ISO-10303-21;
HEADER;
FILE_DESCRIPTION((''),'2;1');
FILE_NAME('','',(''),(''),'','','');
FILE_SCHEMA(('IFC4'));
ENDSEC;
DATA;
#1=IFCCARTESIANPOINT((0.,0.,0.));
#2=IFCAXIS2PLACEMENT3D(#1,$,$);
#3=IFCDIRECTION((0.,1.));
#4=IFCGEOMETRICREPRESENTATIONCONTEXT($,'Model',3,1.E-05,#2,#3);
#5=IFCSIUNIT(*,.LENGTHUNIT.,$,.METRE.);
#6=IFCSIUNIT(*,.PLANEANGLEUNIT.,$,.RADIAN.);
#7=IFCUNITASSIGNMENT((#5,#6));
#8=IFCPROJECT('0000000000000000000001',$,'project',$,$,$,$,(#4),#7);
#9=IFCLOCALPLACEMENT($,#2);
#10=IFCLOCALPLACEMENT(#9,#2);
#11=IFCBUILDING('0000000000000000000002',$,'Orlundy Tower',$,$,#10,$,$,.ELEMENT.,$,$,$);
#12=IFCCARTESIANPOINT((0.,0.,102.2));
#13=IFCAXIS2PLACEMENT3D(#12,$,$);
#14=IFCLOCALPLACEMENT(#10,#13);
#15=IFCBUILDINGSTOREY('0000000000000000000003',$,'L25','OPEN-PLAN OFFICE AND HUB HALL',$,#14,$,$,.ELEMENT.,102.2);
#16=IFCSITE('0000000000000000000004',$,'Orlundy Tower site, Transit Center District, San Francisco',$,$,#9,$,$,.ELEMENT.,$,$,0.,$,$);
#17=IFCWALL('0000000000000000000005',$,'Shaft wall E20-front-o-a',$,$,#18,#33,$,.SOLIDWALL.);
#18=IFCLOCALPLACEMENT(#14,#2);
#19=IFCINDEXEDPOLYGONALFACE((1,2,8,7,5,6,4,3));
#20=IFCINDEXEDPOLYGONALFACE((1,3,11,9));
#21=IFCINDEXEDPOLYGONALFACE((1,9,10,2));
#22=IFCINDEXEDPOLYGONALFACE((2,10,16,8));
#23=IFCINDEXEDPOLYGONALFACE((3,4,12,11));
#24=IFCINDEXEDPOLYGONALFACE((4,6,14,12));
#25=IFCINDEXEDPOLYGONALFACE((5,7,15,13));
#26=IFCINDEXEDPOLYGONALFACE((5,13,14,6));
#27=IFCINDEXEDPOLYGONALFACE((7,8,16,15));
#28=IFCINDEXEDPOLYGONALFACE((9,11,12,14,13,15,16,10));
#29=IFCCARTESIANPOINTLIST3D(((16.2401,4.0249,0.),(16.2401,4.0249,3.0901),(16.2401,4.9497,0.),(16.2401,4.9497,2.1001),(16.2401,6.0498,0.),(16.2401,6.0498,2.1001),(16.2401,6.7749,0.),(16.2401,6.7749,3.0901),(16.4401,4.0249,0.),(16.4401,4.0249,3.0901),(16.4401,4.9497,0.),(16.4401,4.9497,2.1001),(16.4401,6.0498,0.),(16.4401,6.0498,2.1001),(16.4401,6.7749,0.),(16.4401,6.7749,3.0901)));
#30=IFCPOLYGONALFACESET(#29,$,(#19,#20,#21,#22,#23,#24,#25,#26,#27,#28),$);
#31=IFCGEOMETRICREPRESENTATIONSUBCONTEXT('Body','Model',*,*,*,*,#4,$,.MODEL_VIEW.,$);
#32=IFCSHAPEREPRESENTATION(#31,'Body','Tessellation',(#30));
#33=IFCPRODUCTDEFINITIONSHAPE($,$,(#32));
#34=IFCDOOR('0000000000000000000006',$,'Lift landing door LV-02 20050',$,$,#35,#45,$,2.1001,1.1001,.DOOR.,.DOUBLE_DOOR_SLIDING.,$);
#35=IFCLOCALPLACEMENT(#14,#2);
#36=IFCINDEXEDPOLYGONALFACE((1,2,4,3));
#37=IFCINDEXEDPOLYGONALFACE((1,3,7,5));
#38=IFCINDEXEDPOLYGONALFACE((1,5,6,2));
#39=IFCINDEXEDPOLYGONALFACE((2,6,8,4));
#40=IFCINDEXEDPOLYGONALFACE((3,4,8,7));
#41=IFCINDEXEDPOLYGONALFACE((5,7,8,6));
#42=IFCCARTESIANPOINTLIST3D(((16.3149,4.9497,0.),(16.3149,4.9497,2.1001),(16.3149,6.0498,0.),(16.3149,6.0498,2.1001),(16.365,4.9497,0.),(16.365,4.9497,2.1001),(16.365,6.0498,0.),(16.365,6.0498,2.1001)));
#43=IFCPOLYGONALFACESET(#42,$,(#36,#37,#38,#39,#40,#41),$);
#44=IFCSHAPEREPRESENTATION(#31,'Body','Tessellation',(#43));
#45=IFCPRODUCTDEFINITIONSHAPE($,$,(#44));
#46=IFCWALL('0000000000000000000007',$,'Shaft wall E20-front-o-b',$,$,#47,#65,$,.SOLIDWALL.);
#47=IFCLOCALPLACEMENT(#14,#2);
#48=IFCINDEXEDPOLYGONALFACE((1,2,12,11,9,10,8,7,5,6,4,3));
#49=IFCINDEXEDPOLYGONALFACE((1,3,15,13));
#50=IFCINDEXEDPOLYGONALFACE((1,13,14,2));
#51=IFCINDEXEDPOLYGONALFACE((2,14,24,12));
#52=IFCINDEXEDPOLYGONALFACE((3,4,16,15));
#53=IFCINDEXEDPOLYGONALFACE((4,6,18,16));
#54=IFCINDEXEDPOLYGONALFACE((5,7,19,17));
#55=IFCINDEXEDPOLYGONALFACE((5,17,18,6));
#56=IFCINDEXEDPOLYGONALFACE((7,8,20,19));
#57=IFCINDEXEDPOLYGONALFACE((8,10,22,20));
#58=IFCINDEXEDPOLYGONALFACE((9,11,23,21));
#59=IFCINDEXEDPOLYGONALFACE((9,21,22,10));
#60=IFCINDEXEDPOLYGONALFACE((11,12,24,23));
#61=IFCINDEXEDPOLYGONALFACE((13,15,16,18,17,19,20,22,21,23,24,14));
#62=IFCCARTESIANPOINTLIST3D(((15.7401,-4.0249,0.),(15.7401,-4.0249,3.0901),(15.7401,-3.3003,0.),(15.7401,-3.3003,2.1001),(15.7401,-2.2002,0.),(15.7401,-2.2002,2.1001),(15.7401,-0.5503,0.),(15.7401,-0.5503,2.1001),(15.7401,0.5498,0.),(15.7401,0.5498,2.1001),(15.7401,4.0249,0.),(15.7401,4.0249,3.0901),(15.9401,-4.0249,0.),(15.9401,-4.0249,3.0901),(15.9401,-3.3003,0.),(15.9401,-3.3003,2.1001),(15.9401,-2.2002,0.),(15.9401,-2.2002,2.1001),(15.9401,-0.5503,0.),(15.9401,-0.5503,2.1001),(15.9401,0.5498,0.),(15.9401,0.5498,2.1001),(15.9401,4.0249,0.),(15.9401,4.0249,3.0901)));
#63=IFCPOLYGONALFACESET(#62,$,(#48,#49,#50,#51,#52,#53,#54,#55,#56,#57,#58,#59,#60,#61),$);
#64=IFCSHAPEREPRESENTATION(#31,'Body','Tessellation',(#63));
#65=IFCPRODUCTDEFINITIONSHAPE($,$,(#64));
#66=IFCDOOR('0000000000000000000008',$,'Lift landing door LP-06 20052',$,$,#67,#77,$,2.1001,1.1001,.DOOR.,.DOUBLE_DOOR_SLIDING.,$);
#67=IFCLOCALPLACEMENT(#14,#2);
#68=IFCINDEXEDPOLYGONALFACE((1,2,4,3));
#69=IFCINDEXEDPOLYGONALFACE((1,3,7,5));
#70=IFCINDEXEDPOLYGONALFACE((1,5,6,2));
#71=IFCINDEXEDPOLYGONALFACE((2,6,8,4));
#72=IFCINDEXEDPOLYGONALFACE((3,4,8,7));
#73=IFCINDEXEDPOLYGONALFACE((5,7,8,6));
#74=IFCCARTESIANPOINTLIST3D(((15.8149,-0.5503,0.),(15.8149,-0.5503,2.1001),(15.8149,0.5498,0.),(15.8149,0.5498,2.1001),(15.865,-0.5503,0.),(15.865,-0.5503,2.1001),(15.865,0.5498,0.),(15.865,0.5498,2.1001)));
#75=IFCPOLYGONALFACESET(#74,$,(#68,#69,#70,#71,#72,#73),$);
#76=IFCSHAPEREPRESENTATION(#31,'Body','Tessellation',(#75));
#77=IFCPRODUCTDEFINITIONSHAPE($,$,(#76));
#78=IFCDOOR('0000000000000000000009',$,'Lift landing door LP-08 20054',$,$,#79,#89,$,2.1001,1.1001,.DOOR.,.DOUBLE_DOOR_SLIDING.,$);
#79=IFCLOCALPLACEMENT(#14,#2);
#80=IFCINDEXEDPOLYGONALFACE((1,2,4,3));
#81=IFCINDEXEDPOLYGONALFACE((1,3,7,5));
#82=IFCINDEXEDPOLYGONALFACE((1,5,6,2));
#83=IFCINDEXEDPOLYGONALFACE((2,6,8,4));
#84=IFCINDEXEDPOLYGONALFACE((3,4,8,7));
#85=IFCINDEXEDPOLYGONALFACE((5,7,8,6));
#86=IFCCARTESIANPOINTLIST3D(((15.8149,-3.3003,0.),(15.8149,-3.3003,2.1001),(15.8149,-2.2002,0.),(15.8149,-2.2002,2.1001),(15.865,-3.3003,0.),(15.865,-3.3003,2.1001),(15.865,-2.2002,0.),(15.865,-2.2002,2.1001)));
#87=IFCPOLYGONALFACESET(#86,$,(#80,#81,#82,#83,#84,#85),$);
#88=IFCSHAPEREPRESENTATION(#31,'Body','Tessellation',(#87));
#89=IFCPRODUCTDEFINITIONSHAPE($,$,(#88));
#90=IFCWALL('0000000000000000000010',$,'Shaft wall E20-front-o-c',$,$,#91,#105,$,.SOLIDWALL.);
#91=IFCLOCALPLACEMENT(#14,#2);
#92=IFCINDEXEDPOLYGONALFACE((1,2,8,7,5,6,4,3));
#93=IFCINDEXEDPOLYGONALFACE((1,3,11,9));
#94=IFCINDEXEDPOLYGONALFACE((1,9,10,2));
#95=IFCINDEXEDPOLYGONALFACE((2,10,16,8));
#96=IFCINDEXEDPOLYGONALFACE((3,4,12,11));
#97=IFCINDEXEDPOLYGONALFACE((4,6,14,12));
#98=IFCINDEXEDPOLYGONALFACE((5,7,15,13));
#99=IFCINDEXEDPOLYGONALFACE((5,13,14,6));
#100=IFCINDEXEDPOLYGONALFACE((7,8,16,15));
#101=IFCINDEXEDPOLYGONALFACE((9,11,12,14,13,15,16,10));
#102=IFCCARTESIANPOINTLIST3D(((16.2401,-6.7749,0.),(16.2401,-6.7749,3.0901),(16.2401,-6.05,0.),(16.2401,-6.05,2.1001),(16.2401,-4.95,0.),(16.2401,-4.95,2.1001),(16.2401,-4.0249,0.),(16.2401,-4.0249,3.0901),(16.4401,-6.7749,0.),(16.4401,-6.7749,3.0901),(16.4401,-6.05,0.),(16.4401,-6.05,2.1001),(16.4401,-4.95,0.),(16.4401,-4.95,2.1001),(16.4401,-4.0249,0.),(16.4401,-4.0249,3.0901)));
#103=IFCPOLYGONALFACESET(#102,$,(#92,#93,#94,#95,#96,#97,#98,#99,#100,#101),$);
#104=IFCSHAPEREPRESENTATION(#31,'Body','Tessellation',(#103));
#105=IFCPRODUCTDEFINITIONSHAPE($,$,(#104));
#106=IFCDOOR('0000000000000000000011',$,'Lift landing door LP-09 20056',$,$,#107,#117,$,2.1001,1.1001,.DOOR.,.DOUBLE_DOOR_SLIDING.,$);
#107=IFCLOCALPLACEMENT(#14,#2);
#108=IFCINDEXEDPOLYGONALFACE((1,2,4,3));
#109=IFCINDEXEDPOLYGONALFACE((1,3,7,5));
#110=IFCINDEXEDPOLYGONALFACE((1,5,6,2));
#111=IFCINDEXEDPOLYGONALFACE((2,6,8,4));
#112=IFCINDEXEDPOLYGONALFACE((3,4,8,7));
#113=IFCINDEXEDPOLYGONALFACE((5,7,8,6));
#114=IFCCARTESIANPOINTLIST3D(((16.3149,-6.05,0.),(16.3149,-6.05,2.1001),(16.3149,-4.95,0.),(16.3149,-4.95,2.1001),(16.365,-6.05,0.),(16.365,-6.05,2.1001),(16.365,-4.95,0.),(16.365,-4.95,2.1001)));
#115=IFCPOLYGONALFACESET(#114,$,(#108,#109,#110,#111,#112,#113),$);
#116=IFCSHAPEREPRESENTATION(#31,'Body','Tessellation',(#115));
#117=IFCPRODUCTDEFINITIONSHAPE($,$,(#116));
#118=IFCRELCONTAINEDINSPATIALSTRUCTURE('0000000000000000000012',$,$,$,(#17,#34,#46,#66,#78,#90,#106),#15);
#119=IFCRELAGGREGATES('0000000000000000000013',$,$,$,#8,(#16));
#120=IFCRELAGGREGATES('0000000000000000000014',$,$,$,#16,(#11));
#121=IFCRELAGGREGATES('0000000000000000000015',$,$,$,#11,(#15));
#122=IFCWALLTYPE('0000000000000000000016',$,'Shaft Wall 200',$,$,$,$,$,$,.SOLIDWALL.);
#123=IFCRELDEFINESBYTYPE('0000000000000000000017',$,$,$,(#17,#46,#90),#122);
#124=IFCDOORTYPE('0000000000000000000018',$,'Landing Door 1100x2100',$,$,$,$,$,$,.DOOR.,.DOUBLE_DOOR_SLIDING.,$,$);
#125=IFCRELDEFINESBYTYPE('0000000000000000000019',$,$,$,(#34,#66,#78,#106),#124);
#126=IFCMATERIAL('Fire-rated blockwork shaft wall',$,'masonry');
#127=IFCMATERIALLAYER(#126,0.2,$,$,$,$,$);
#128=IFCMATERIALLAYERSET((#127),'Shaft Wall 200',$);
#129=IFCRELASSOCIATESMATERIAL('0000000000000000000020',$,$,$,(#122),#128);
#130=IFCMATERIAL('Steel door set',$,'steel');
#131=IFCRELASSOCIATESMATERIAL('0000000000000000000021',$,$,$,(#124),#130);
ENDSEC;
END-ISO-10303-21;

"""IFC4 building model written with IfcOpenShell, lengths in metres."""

from ifc_helpers import new_model, si_unit, direction, frame, frame_2d, origin, place, context, subcontext, project, spatial, rectangle, extrude, material, layer, layer_set, type_object, element, fill, save


model = new_model("IFC4")

# Units and contexts
model_context = context("Model", 3, precision=1e-05, world=origin(), true_north=direction((0.0, 1.0)))
body_context = subcontext(model_context, "Body", "Model", "MODEL_VIEW")
ifc_project = project(units=[si_unit("LENGTHUNIT", "METRE"), si_unit("PLANEANGLEUNIT", "RADIAN")], contexts=[model_context])

# Site, building, storey
site_placement = place(None, origin())
site = spatial("IfcSite", under=ifc_project, at=site_placement, Name="Orlundy Tower site, Transit Center District, San Francisco", CompositionType="ELEMENT", RefElevation=0.0)
building_placement = place(site_placement, origin())
building = spatial("IfcBuilding", under=site, at=building_placement, Name="Orlundy Tower", CompositionType="ELEMENT")
storey_placement = place(building_placement, frame((0.0, 0.0, 102.2)))
storey = spatial("IfcBuildingStorey", under=building, at=storey_placement, Name="L25", Description="OPEN-PLAN OFFICE AND HUB HALL", CompositionType="ELEMENT", Elevation=102.2)

# Shared definitions
ifc_material_1 = material(Name="Fire-rated blockwork shaft wall", Category="masonry")
ifc_layer_1 = layer(ifc_material_1, 0.2)
ifc_layer_set_1 = layer_set([ifc_layer_1], Name="Shaft Wall 200")
wall_type_1 = type_object("IfcWallType", Name="Shaft Wall 200", PredefinedType="SOLIDWALL", material=ifc_layer_set_1)

# Wall, opening, door
wall_1_placement = place(storey_placement, frame((16.3401, 6.7749, 0.0), z_axis=(0.0, 0.0, 1.0), x_axis=(0.0, -1.0, 0.0)))
wall_1 = element("IfcWall", 1, at=wall_1_placement, inside=storey, type_object=wall_type_1, Name="Shaft wall E20-front-o-a", PredefinedType="SOLIDWALL", context=body_context, shape_type="SweptSolid", body=[
    extrude(rectangle(XDim=2.75, YDim=0.2, at=frame_2d((1.375, 0.0))), origin(), (0.0, 0.0, 1.0), 3.0901),
])
opening_1_placement = place(wall_1_placement, frame((0.7251, 0.0, 0.0)))
opening_1 = element("IfcOpeningElement", 2, at=opening_1_placement, cuts=wall_1, PredefinedType="OPENING", context=body_context, shape_type="SweptSolid", body=[
    extrude(rectangle(XDim=1.1001, YDim=2.1001, at=frame_2d((0.55, 1.05))), frame((0.0, 0.1101, 0.0), z_axis=(0.0, -1.0, 0.0), x_axis=(1.0, 0.0, 0.0)), (0.0, 0.0, 1.0), 0.2202),
])
ifc_material_2 = material(Name="Steel door set", Category="steel")
door_type_1 = type_object("IfcDoorType", Name="Landing Door 1100x2100", OperationType="DOUBLE_DOOR_SLIDING", PredefinedType="DOOR", material=ifc_material_2)
door_1_placement = place(opening_1_placement, origin())
door_1 = element("IfcDoor", 3, at=door_1_placement, inside=storey, type_object=door_type_1, Name="Lift landing door LV-02 20050", OperationType="DOUBLE_DOOR_SLIDING", OverallHeight=2.1001, OverallWidth=1.1001, PredefinedType="DOOR", context=body_context, shape_type="SweptSolid", body=[
    extrude(rectangle(XDim=1.1001, YDim=2.1001, at=frame_2d((0.55, 1.05))), frame((0.0, 0.0249, 0.0), z_axis=(0.0, -1.0, 0.0), x_axis=(1.0, 0.0, 0.0)), (0.0, 0.0, 1.0), 0.05),
])
fill(opening_1, door_1)

# Wall, openings, doors
wall_2_placement = place(storey_placement, frame((15.8401, 4.0249, 0.0), z_axis=(0.0, 0.0, 1.0), x_axis=(0.0, -1.0, 0.0)))
wall_2 = element("IfcWall", 4, at=wall_2_placement, inside=storey, type_object=wall_type_1, Name="Shaft wall E20-front-o-b", PredefinedType="SOLIDWALL", context=body_context, shape_type="SweptSolid", body=[
    extrude(rectangle(XDim=8.0498, YDim=0.2, at=frame_2d((4.0249, 0.0))), origin(), (0.0, 0.0, 1.0), 3.0901),
])
opening_2_placement = place(wall_2_placement, frame((3.4751, 0.0, 0.0)))
opening_2 = element("IfcOpeningElement", 5, at=opening_2_placement, cuts=wall_2, PredefinedType="OPENING", context=body_context, shape_type="SweptSolid", body=[
    extrude(rectangle(XDim=1.1001, YDim=2.1001, at=frame_2d((0.55, 1.05))), frame((0.0, 0.1101, 0.0), z_axis=(0.0, -1.0, 0.0), x_axis=(1.0, 0.0, 0.0)), (0.0, 0.0, 1.0), 0.2202),
])
opening_3_placement = place(wall_2_placement, frame((6.2251, 0.0, 0.0)))
opening_3 = element("IfcOpeningElement", 6, at=opening_3_placement, cuts=wall_2, PredefinedType="OPENING", context=body_context, shape_type="SweptSolid", body=[
    extrude(rectangle(XDim=1.1001, YDim=2.1001, at=frame_2d((0.55, 1.05))), frame((0.0, 0.1101, 0.0), z_axis=(0.0, -1.0, 0.0), x_axis=(1.0, 0.0, 0.0)), (0.0, 0.0, 1.0), 0.2202),
])
door_2_placement = place(opening_2_placement, origin())
door_2 = element("IfcDoor", 7, at=door_2_placement, inside=storey, type_object=door_type_1, Name="Lift landing door LP-06 20052", OperationType="DOUBLE_DOOR_SLIDING", OverallHeight=2.1001, OverallWidth=1.1001, PredefinedType="DOOR", context=body_context, shape_type="SweptSolid", body=[
    extrude(rectangle(XDim=1.1001, YDim=2.1001, at=frame_2d((0.55, 1.05))), frame((0.0, 0.0249, 0.0), z_axis=(0.0, -1.0, 0.0), x_axis=(1.0, 0.0, 0.0)), (0.0, 0.0, 1.0), 0.05),
])
fill(opening_2, door_2)
door_3_placement = place(opening_3_placement, origin())
door_3 = element("IfcDoor", 8, at=door_3_placement, inside=storey, type_object=door_type_1, Name="Lift landing door LP-08 20054", OperationType="DOUBLE_DOOR_SLIDING", OverallHeight=2.1001, OverallWidth=1.1001, PredefinedType="DOOR", context=body_context, shape_type="SweptSolid", body=[
    extrude(rectangle(XDim=1.1001, YDim=2.1001, at=frame_2d((0.55, 1.05))), frame((0.0, 0.0249, 0.0), z_axis=(0.0, -1.0, 0.0), x_axis=(1.0, 0.0, 0.0)), (0.0, 0.0, 1.0), 0.05),
])
fill(opening_3, door_3)

# Wall, opening, door
wall_3_placement = place(storey_placement, frame((16.3401, -4.0249, 0.0), z_axis=(0.0, 0.0, 1.0), x_axis=(0.0, -1.0, 0.0)))
wall_3 = element("IfcWall", 9, at=wall_3_placement, inside=storey, type_object=wall_type_1, Name="Shaft wall E20-front-o-c", PredefinedType="SOLIDWALL", context=body_context, shape_type="SweptSolid", body=[
    extrude(rectangle(XDim=2.75, YDim=0.2, at=frame_2d((1.375, 0.0))), origin(), (0.0, 0.0, 1.0), 3.0901),
])
opening_4_placement = place(wall_3_placement, frame((0.925, 0.0, 0.0)))
opening_4 = element("IfcOpeningElement", 10, at=opening_4_placement, cuts=wall_3, PredefinedType="OPENING", context=body_context, shape_type="SweptSolid", body=[
    extrude(rectangle(XDim=1.1001, YDim=2.1001, at=frame_2d((0.55, 1.05))), frame((0.0, 0.1101, 0.0), z_axis=(0.0, -1.0, 0.0), x_axis=(1.0, 0.0, 0.0)), (0.0, 0.0, 1.0), 0.2202),
])
door_4_placement = place(opening_4_placement, origin())
door_4 = element("IfcDoor", 11, at=door_4_placement, inside=storey, type_object=door_type_1, Name="Lift landing door LP-09 20056", OperationType="DOUBLE_DOOR_SLIDING", OverallHeight=2.1001, OverallWidth=1.1001, PredefinedType="DOOR", context=body_context, shape_type="SweptSolid", body=[
    extrude(rectangle(XDim=1.1001, YDim=2.1001, at=frame_2d((0.55, 1.05))), frame((0.0, 0.0249, 0.0), z_axis=(0.0, -1.0, 0.0), x_axis=(1.0, 0.0, 0.0)), (0.0, 0.0, 1.0), 0.05),
])
fill(opening_4, door_4)

save(model, "model.ifc")
